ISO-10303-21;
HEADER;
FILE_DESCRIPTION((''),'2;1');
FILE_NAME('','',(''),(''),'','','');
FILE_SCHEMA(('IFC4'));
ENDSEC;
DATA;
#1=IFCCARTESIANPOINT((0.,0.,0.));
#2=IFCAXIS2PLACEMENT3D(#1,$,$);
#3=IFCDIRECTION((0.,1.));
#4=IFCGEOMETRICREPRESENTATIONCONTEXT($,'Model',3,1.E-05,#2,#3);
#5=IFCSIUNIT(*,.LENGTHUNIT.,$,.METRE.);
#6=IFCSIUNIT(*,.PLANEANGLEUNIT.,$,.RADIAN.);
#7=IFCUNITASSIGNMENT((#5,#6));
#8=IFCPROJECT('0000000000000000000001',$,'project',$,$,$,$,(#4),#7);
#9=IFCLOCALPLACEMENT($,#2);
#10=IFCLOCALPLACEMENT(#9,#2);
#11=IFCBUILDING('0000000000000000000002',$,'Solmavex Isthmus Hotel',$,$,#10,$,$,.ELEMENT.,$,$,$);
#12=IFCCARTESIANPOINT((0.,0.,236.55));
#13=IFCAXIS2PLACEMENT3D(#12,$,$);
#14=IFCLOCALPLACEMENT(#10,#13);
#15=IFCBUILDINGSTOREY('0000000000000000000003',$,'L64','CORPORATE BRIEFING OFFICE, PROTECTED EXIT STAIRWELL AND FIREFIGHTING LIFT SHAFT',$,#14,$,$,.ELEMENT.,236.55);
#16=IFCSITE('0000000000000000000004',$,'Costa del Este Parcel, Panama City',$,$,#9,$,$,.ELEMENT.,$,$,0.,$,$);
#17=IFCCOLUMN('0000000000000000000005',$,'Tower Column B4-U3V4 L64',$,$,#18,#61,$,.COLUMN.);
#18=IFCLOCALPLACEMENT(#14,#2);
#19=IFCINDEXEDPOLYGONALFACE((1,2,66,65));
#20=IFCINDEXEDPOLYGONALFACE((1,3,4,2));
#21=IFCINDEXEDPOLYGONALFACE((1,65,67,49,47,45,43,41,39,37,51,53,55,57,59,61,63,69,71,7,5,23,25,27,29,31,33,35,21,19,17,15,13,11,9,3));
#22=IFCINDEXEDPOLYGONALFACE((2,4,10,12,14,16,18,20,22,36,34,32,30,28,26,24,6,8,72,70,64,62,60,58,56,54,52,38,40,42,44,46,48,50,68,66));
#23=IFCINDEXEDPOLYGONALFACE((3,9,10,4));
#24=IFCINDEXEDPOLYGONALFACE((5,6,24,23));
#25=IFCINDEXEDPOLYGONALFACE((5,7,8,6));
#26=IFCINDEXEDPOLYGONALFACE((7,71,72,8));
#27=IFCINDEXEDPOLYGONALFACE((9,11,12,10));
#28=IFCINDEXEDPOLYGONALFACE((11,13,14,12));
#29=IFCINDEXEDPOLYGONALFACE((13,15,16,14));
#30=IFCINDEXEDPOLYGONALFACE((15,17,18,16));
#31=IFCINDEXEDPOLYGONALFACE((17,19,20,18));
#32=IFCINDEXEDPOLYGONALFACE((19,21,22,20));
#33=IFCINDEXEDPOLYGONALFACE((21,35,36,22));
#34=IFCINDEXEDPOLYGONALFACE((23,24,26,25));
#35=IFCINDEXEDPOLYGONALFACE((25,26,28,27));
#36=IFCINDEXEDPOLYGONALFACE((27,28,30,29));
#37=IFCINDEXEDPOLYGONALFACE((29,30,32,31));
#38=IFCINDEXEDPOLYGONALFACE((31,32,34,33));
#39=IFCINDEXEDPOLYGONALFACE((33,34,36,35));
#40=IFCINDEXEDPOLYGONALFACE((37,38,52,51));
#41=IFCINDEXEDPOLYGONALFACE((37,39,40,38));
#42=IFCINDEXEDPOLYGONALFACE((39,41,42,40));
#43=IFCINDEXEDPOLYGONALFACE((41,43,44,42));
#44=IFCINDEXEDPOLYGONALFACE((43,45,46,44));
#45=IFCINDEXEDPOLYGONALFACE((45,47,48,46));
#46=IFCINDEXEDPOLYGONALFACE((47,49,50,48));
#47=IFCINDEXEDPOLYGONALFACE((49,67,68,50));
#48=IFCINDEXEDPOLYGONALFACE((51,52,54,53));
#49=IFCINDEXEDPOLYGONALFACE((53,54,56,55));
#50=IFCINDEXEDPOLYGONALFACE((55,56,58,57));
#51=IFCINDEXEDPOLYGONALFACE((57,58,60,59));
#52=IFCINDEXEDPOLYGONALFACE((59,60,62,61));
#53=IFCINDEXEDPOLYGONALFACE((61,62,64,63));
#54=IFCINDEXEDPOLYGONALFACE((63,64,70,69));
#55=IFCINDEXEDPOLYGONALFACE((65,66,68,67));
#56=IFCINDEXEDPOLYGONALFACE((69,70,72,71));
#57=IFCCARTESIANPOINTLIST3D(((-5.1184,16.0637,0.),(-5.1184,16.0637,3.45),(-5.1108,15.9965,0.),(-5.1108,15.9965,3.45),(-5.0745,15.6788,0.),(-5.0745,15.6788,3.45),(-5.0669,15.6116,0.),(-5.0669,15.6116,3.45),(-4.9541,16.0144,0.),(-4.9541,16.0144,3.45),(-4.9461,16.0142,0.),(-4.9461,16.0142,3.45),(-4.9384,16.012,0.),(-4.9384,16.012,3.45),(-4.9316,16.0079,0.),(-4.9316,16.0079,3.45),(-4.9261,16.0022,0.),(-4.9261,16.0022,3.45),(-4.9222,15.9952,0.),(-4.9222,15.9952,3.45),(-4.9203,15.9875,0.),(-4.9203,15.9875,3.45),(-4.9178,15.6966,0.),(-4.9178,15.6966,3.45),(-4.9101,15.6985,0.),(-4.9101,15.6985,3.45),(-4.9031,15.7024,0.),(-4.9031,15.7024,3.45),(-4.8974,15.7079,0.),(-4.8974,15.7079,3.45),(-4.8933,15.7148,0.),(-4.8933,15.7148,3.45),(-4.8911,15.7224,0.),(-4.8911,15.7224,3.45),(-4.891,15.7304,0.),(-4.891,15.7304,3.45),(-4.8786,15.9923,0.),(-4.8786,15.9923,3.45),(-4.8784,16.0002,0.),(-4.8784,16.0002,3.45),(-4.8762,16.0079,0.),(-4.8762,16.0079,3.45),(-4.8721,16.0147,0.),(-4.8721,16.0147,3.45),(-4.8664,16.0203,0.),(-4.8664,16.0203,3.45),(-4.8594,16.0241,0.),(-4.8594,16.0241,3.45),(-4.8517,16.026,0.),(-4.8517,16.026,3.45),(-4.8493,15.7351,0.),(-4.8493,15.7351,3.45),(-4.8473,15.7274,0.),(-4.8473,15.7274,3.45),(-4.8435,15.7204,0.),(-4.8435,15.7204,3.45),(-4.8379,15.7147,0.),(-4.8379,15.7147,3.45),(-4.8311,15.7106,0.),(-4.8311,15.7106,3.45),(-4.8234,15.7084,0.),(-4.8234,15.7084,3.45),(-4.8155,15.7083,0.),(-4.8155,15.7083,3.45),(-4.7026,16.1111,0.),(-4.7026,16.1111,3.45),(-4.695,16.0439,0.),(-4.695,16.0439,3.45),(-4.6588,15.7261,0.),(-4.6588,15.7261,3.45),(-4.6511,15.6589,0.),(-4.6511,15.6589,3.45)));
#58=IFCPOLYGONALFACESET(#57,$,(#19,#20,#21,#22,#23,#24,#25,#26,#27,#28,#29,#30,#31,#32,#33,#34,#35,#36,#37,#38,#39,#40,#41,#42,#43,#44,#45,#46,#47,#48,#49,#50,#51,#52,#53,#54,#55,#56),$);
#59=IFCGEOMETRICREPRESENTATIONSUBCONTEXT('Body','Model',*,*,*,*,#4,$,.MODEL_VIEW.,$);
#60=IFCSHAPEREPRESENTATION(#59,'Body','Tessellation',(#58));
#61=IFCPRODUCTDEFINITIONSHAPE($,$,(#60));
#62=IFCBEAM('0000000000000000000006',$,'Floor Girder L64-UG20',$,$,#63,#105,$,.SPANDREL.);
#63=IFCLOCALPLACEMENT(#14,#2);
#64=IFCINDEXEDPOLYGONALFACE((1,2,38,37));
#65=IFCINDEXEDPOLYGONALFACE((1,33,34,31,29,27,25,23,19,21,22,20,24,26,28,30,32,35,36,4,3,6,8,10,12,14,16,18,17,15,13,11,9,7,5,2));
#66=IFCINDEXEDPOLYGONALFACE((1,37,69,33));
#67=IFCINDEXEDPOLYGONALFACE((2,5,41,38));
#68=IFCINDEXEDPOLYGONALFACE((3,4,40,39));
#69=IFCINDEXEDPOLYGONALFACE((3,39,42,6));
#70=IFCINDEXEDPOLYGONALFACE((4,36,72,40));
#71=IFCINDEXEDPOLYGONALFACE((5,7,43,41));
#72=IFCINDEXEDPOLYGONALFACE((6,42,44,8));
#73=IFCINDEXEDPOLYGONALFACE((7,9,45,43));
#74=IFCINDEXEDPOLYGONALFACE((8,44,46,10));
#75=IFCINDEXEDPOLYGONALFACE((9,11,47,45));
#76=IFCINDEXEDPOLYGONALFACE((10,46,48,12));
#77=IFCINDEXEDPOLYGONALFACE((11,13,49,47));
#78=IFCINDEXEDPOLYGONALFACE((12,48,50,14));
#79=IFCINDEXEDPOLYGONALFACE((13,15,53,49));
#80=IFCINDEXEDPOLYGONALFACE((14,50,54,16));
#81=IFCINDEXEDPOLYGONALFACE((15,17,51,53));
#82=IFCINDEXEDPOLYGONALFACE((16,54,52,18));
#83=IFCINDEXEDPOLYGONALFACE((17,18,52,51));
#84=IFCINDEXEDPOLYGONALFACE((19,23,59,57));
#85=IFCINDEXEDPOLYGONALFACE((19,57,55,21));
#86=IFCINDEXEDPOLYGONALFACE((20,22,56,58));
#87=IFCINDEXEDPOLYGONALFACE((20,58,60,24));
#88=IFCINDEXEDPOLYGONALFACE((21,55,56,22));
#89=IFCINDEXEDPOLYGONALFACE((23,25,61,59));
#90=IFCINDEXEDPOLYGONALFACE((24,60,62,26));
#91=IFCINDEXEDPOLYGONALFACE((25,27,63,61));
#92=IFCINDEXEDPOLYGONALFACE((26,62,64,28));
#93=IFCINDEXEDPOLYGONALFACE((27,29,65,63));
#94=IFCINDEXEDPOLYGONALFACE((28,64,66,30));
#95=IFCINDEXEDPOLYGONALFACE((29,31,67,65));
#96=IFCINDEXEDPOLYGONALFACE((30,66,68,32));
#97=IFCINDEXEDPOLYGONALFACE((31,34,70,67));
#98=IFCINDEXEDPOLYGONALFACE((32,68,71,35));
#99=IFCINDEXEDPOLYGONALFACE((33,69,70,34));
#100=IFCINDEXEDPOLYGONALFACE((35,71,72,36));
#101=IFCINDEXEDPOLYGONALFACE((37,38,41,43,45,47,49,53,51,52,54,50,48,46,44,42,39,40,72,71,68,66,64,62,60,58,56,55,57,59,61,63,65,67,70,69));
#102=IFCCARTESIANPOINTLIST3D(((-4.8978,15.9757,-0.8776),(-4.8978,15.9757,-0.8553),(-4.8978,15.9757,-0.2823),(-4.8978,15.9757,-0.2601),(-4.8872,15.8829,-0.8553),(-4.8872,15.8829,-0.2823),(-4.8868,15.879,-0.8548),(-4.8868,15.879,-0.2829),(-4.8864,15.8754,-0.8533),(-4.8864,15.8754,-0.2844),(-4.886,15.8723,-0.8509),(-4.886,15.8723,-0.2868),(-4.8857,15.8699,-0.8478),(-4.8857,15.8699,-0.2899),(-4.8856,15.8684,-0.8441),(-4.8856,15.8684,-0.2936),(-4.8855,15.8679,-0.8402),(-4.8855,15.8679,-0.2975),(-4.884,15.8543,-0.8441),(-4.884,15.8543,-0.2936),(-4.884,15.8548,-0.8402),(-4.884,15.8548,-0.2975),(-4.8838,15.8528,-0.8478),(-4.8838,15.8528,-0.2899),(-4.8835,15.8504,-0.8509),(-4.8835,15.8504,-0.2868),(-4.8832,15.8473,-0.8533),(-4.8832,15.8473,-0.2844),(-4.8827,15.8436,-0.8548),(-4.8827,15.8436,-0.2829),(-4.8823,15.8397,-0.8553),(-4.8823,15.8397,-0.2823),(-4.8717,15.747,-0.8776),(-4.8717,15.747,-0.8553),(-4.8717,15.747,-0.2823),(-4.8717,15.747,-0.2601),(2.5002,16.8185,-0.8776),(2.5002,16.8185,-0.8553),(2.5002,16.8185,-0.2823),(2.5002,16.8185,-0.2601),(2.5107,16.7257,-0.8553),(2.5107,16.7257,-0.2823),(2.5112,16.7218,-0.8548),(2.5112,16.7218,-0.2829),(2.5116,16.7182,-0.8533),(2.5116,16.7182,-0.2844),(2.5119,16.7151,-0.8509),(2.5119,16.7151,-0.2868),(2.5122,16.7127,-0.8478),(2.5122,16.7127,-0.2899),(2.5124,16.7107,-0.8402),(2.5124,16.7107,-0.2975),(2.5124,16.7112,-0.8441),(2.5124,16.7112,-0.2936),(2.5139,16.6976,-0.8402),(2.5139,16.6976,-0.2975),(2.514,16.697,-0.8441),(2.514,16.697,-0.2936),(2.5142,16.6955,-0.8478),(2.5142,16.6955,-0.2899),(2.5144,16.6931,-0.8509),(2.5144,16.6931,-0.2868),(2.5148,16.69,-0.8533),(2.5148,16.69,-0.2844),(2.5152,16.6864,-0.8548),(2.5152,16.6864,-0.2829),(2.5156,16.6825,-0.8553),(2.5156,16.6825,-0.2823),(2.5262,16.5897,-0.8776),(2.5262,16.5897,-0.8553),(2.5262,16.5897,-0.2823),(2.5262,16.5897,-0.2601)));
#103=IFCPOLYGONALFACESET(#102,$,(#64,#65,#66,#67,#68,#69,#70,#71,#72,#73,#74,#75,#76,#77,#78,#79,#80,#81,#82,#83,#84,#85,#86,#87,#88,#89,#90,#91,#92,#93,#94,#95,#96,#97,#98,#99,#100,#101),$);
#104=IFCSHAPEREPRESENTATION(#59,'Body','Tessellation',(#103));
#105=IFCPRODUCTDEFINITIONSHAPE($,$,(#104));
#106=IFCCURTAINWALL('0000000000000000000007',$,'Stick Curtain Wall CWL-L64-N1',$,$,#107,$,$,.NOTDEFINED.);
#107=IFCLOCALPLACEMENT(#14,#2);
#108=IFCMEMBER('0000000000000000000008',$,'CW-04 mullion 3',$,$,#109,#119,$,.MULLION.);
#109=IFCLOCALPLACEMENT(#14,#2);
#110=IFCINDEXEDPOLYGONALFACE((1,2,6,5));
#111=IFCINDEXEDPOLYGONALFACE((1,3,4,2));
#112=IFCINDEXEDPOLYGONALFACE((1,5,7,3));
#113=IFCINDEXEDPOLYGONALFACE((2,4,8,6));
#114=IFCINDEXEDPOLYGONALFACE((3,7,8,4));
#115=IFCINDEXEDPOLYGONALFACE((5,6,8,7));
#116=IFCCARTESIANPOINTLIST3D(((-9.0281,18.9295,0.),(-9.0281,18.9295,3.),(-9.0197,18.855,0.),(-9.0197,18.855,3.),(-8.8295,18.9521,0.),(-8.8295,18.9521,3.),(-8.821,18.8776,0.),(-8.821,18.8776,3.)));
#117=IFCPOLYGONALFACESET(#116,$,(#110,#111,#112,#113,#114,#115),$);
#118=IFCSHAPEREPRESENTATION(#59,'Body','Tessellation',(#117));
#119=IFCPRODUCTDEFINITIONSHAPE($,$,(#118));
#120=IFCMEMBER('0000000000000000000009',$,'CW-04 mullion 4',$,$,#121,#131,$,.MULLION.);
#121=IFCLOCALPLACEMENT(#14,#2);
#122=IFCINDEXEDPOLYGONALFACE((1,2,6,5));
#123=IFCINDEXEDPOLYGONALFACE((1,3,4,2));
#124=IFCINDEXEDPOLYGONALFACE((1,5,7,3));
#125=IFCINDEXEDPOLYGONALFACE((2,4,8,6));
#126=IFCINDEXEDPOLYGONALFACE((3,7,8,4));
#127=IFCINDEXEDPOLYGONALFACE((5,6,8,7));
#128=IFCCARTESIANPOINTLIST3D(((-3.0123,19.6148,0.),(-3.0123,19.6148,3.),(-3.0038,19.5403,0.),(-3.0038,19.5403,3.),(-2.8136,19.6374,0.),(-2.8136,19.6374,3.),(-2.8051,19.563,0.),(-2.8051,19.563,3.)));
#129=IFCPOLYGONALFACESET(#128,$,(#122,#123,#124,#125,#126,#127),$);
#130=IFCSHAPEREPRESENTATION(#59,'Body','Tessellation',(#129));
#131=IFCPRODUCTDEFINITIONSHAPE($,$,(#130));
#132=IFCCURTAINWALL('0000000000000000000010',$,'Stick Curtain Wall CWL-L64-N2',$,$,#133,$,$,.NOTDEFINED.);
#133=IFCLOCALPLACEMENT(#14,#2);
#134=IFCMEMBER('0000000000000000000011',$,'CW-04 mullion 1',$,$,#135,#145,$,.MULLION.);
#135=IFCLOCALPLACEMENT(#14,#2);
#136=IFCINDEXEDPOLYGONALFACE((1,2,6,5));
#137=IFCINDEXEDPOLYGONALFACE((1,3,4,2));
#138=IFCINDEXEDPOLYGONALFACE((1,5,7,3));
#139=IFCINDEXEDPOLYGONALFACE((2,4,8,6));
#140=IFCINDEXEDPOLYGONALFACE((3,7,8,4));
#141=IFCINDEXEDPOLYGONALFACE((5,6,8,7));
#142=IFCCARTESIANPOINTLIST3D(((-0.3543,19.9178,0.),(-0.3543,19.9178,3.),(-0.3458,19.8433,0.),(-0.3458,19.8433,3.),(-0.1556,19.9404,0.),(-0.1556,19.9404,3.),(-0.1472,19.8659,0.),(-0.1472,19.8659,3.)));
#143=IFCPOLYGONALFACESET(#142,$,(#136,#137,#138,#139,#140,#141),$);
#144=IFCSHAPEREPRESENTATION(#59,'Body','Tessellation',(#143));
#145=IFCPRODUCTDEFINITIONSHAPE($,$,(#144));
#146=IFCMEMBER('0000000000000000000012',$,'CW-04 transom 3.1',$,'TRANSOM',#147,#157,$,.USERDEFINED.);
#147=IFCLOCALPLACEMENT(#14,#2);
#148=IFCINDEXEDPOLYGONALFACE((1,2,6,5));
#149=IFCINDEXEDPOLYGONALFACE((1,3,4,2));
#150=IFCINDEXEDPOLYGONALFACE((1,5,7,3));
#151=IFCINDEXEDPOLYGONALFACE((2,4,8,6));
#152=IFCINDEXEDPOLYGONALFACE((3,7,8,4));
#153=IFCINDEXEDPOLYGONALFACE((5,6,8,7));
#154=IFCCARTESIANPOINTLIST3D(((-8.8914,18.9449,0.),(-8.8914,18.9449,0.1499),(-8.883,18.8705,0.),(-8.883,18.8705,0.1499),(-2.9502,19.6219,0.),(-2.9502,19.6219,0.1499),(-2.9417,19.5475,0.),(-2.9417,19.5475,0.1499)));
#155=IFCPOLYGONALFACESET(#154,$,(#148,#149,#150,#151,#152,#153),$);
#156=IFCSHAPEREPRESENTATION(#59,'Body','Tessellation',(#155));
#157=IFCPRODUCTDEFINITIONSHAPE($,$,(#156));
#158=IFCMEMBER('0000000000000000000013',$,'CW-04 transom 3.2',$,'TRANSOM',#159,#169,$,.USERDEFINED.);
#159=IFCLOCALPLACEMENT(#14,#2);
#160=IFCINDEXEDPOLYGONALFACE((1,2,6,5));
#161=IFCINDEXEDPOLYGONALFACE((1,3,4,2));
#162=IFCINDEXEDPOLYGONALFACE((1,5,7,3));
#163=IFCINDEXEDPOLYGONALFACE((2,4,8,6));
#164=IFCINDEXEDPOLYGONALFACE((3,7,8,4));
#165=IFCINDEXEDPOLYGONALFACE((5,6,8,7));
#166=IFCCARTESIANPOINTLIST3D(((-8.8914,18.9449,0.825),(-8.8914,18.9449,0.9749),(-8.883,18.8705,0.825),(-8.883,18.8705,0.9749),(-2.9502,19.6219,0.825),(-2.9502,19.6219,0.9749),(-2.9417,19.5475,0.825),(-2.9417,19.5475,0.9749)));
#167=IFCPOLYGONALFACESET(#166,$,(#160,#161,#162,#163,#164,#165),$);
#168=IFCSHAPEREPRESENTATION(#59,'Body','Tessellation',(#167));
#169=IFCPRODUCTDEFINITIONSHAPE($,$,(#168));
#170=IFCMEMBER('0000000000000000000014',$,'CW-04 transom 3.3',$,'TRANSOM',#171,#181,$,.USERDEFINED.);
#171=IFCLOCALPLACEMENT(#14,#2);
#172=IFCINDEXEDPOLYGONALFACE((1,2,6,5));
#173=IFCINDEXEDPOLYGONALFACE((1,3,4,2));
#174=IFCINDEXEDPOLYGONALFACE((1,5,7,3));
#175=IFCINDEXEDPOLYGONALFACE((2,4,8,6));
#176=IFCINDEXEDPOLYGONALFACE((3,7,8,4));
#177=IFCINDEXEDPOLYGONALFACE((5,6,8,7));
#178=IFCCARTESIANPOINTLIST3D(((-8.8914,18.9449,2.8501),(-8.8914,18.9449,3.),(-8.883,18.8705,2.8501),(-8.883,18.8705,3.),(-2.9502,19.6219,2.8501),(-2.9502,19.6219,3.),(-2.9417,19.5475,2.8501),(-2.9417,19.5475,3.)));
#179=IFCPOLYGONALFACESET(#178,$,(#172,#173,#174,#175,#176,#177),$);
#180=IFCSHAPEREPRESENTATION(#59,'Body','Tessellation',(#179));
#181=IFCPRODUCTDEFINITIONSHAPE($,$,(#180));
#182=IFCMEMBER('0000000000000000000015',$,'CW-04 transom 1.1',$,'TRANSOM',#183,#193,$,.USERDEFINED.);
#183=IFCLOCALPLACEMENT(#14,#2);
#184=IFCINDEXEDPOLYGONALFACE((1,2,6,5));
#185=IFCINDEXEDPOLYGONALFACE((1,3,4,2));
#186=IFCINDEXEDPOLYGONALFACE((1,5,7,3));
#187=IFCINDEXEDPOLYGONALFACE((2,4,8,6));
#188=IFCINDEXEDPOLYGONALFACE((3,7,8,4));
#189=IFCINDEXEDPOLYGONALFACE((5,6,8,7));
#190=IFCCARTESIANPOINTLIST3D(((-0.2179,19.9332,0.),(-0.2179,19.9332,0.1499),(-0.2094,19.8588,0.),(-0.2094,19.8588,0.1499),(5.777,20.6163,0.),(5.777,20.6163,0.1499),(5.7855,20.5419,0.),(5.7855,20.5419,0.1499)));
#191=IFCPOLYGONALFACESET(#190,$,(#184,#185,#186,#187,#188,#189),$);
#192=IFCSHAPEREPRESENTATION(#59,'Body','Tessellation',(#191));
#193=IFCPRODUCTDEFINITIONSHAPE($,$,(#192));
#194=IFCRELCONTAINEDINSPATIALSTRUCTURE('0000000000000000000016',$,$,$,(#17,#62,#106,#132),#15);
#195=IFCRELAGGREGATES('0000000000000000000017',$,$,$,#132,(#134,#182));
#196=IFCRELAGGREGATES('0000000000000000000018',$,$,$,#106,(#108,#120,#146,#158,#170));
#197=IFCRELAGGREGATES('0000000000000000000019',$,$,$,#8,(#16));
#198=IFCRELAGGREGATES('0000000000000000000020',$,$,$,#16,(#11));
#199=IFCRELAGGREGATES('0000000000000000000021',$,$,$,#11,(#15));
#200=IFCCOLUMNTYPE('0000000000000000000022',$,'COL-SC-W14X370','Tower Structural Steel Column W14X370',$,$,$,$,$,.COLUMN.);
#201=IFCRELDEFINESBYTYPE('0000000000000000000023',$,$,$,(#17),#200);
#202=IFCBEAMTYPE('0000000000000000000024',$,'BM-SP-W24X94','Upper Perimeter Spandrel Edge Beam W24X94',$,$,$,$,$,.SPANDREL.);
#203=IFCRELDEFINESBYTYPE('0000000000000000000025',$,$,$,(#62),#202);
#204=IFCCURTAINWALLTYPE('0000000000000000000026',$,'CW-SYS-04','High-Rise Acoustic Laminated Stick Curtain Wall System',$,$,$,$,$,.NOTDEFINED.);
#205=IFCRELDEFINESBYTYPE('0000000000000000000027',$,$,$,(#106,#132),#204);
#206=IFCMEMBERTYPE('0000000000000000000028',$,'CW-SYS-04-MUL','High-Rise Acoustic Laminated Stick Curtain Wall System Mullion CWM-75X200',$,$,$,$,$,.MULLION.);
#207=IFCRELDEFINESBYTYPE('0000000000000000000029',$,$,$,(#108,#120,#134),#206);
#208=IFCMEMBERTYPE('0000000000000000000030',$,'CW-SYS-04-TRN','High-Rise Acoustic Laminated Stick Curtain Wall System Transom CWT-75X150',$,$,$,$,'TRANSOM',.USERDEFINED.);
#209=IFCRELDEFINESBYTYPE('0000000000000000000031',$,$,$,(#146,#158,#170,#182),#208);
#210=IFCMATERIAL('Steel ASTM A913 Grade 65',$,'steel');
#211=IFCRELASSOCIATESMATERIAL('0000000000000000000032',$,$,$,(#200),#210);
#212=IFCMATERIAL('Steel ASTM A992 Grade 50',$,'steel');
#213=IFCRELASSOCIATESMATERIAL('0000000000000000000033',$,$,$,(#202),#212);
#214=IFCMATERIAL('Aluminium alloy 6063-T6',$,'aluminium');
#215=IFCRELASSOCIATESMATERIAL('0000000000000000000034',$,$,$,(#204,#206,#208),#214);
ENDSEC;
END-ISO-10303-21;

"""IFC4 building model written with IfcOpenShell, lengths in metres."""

from ifc_helpers import new_model, si_unit, direction, frame, origin, origin_2d, place, context, subcontext, project, spatial, rectangle, i_section, extrude, material, material_profile, profile_set, type_object, element, aggregate, save


model = new_model("IFC4")

# Units and contexts
model_context = context("Model", 3, precision=1e-05, world=origin(), true_north=direction((0.0, 1.0)))
body_context = subcontext(model_context, "Body", "Model", "MODEL_VIEW")
ifc_project = project(units=[si_unit("LENGTHUNIT", "METRE"), si_unit("PLANEANGLEUNIT", "RADIAN")], contexts=[model_context])

# Site, building, storey
site_placement = place(None, origin())
site = spatial("IfcSite", under=ifc_project, at=site_placement, Name="Costa del Este Parcel, Panama City", CompositionType="ELEMENT", RefElevation=0.0)
building_placement = place(site_placement, origin())
building = spatial("IfcBuilding", under=site, at=building_placement, Name="Solmavex Isthmus Hotel", CompositionType="ELEMENT")
storey_placement = place(building_placement, frame((0.0, 0.0, 236.55)))
storey = spatial("IfcBuildingStorey", under=building, at=storey_placement, Name="L64", Description="CORPORATE BRIEFING OFFICE, PROTECTED EXIT STAIRWELL AND FIREFIGHTING LIFT SHAFT", CompositionType="ELEMENT", Elevation=236.55)

# Column
ifc_material_1 = material(Name="Steel ASTM A913 Grade 65", Category="steel")
ifc_material_profile_1 = material_profile(ifc_material_1, i_section(OverallWidth=0.4185, OverallDepth=0.4551, WebThickness=0.042, FlangeThickness=0.0676, FilletRadius=0.0305, at=origin_2d()), Name="W14X370")
ifc_profile_set_1 = profile_set([ifc_material_profile_1], Name="Steel ASTM A913 Grade 65")
column_type = type_object("IfcColumnType", Name="COL-SC-W14X370", Description="Tower Structural Steel Column W14X370", PredefinedType="COLUMN", material=ifc_profile_set_1)
column_placement = place(storey_placement, frame((-4.8848, 15.8613, 0.0), z_axis=(0.0, 0.0, 1.0), x_axis=(0.993572, 0.113203, 0.0)))
element("IfcColumn", 1, at=column_placement, inside=storey, type_object=column_type, Name="Tower Column B4-U3V4 L64", PredefinedType="COLUMN", context=body_context, shape_type="SweptSolid", body=[
    extrude(i_section(OverallWidth=0.4185, OverallDepth=0.4551, WebThickness=0.042, FlangeThickness=0.0676, FilletRadius=0.0305, at=origin_2d()), origin(), (0.0, 0.0, 1.0), 3.45),
])

# Beam
ifc_material_2 = material(Name="Steel ASTM A992 Grade 50", Category="steel")
ifc_material_profile_2 = material_profile(ifc_material_2, i_section(OverallWidth=0.2302, OverallDepth=0.6174, WebThickness=0.0132, FlangeThickness=0.0222, FilletRadius=0.0151, at=origin_2d()), Name="W24X94")
ifc_profile_set_2 = profile_set([ifc_material_profile_2], Name="Steel ASTM A992 Grade 50")
beam_type = type_object("IfcBeamType", Name="BM-SP-W24X94", Description="Upper Perimeter Spandrel Edge Beam W24X94", PredefinedType="SPANDREL", material=ifc_profile_set_2)
beam_placement = place(storey_placement, frame((-4.8848, 15.8613, -0.5688), z_axis=(0.993574, 0.113188, 0.0), x_axis=(-0.113188, 0.993574, 0.0)))
element("IfcBeam", 2, at=beam_placement, inside=storey, type_object=beam_type, Name="Floor Girder L64-UG20", PredefinedType="SPANDREL", context=body_context, shape_type="SweptSolid", body=[
    extrude(i_section(OverallWidth=0.2302, OverallDepth=0.6174, WebThickness=0.0132, FlangeThickness=0.0222, FilletRadius=0.0151, at=origin_2d()), origin(), (0.0, 0.0, 1.0), 7.4458),
])

# Curtain wall, members
ifc_material_3 = material(Name="Aluminium alloy 6063-T6", Category="aluminium")
curtain_wall_type = type_object("IfcCurtainWallType", Name="CW-SYS-04", Description="High-Rise Acoustic Laminated Stick Curtain Wall System", PredefinedType="NOTDEFINED", material=ifc_material_3)
curtain_wall_1_placement = place(storey_placement, origin())
curtain_wall_1 = element("IfcCurtainWall", 3, at=curtain_wall_1_placement, inside=storey, type_object=curtain_wall_type, Name="Stick Curtain Wall CWL-L64-N1", PredefinedType="NOTDEFINED")
ifc_material_profile_3 = material_profile(ifc_material_3, rectangle(XDim=0.075, YDim=0.2, at=origin_2d()), Name="CWM-75X200")
ifc_profile_set_3 = profile_set([ifc_material_profile_3], Name="Aluminium alloy 6063-T6")
member_type_1 = type_object("IfcMemberType", Name="CW-SYS-04-MUL", Description="High-Rise Acoustic Laminated Stick Curtain Wall System Mullion CWM-75X200", PredefinedType="MULLION", material=ifc_profile_set_3)
member_1_placement = place(storey_placement, frame((-8.9246, 18.9036, 0.0), z_axis=(0.0, 0.0, 1.0), x_axis=(-0.113203, 0.993572, 0.0)))
member_1 = element("IfcMember", 4, at=member_1_placement, type_object=member_type_1, Name="CW-04 mullion 3", PredefinedType="MULLION", context=body_context, shape_type="SweptSolid", body=[
    extrude(rectangle(XDim=0.075, YDim=0.2, at=origin_2d()), origin(), (0.0, 0.0, 1.0), 3.0),
])
member_2_placement = place(storey_placement, frame((-2.9087, 19.5889, 0.0), z_axis=(0.0, 0.0, 1.0), x_axis=(-0.113203, 0.993572, 0.0)))
member_2 = element("IfcMember", 5, at=member_2_placement, type_object=member_type_1, Name="CW-04 mullion 4", PredefinedType="MULLION", context=body_context, shape_type="SweptSolid", body=[
    extrude(rectangle(XDim=0.075, YDim=0.2, at=origin_2d()), origin(), (0.0, 0.0, 1.0), 3.0),
])

# Curtain wall, member
curtain_wall_2_placement = place(storey_placement, origin())
curtain_wall_2 = element("IfcCurtainWall", 6, at=curtain_wall_2_placement, inside=storey, type_object=curtain_wall_type, Name="Stick Curtain Wall CWL-L64-N2", PredefinedType="NOTDEFINED")
member_3_placement = place(storey_placement, frame((-0.2507, 19.8918, 0.0), z_axis=(0.0, 0.0, 1.0), x_axis=(-0.113203, 0.993572, 0.0)))
member_3 = element("IfcMember", 7, at=member_3_placement, type_object=member_type_1, Name="CW-04 mullion 1", PredefinedType="MULLION", context=body_context, shape_type="SweptSolid", body=[
    extrude(rectangle(XDim=0.075, YDim=0.2, at=origin_2d()), origin(), (0.0, 0.0, 1.0), 3.0),
])

# Members
ifc_material_profile_4 = material_profile(ifc_material_3, rectangle(XDim=0.075, YDim=0.1499, at=origin_2d()), Name="CWT-75X150")
ifc_profile_set_4 = profile_set([ifc_material_profile_4], Name="Aluminium alloy 6063-T6")
member_type_2 = type_object("IfcMemberType", Name="CW-SYS-04-TRN", Description="High-Rise Acoustic Laminated Stick Curtain Wall System Transom CWT-75X150", ElementType="TRANSOM", PredefinedType="USERDEFINED", material=ifc_profile_set_4)
member_4_placement = place(storey_placement, frame((-8.8872, 18.9077, 0.075), z_axis=(0.993571, 0.113214, 0.0), x_axis=(-0.113214, 0.993571, 0.0)))
member_4 = element("IfcMember", 8, at=member_4_placement, type_object=member_type_2, Name="CW-04 transom 3.1", ObjectType="TRANSOM", PredefinedType="USERDEFINED", context=body_context, shape_type="SweptSolid", body=[
    extrude(rectangle(XDim=0.075, YDim=0.1499, at=origin_2d()), origin(), (0.0, 0.0, 1.0), 5.9797),
])
member_5_placement = place(storey_placement, frame((-8.8872, 18.9077, 0.8999), z_axis=(0.993571, 0.113214, 0.0), x_axis=(-0.113214, 0.993571, 0.0)))
member_5 = element("IfcMember", 9, at=member_5_placement, type_object=member_type_2, Name="CW-04 transom 3.2", ObjectType="TRANSOM", PredefinedType="USERDEFINED", context=body_context, shape_type="SweptSolid", body=[
    extrude(rectangle(XDim=0.075, YDim=0.1499, at=origin_2d()), origin(), (0.0, 0.0, 1.0), 5.9797),
])
member_6_placement = place(storey_placement, frame((-8.8872, 18.9077, 2.925), z_axis=(0.993571, 0.113214, 0.0), x_axis=(-0.113214, 0.993571, 0.0)))
member_6 = element("IfcMember", 10, at=member_6_placement, type_object=member_type_2, Name="CW-04 transom 3.3", ObjectType="TRANSOM", PredefinedType="USERDEFINED", context=body_context, shape_type="SweptSolid", body=[
    extrude(rectangle(XDim=0.075, YDim=0.1499, at=origin_2d()), origin(), (0.0, 0.0, 1.0), 5.9797),
])
member_7_placement = place(storey_placement, frame((-0.2136, 19.896, 0.075), z_axis=(0.99357, 0.113216, 0.0), x_axis=(-0.113216, 0.99357, 0.0)))
member_7 = element("IfcMember", 11, at=member_7_placement, type_object=member_type_2, Name="CW-04 transom 1.1", ObjectType="TRANSOM", PredefinedType="USERDEFINED", context=body_context, shape_type="SweptSolid", body=[
    extrude(rectangle(XDim=0.075, YDim=0.1499, at=origin_2d()), origin(), (0.0, 0.0, 1.0), 6.0337),
])
aggregate(curtain_wall_2, [member_3, member_7])

aggregate(curtain_wall_1, [member_1, member_2, member_4, member_5, member_6])

save(model, "model.ifc")
